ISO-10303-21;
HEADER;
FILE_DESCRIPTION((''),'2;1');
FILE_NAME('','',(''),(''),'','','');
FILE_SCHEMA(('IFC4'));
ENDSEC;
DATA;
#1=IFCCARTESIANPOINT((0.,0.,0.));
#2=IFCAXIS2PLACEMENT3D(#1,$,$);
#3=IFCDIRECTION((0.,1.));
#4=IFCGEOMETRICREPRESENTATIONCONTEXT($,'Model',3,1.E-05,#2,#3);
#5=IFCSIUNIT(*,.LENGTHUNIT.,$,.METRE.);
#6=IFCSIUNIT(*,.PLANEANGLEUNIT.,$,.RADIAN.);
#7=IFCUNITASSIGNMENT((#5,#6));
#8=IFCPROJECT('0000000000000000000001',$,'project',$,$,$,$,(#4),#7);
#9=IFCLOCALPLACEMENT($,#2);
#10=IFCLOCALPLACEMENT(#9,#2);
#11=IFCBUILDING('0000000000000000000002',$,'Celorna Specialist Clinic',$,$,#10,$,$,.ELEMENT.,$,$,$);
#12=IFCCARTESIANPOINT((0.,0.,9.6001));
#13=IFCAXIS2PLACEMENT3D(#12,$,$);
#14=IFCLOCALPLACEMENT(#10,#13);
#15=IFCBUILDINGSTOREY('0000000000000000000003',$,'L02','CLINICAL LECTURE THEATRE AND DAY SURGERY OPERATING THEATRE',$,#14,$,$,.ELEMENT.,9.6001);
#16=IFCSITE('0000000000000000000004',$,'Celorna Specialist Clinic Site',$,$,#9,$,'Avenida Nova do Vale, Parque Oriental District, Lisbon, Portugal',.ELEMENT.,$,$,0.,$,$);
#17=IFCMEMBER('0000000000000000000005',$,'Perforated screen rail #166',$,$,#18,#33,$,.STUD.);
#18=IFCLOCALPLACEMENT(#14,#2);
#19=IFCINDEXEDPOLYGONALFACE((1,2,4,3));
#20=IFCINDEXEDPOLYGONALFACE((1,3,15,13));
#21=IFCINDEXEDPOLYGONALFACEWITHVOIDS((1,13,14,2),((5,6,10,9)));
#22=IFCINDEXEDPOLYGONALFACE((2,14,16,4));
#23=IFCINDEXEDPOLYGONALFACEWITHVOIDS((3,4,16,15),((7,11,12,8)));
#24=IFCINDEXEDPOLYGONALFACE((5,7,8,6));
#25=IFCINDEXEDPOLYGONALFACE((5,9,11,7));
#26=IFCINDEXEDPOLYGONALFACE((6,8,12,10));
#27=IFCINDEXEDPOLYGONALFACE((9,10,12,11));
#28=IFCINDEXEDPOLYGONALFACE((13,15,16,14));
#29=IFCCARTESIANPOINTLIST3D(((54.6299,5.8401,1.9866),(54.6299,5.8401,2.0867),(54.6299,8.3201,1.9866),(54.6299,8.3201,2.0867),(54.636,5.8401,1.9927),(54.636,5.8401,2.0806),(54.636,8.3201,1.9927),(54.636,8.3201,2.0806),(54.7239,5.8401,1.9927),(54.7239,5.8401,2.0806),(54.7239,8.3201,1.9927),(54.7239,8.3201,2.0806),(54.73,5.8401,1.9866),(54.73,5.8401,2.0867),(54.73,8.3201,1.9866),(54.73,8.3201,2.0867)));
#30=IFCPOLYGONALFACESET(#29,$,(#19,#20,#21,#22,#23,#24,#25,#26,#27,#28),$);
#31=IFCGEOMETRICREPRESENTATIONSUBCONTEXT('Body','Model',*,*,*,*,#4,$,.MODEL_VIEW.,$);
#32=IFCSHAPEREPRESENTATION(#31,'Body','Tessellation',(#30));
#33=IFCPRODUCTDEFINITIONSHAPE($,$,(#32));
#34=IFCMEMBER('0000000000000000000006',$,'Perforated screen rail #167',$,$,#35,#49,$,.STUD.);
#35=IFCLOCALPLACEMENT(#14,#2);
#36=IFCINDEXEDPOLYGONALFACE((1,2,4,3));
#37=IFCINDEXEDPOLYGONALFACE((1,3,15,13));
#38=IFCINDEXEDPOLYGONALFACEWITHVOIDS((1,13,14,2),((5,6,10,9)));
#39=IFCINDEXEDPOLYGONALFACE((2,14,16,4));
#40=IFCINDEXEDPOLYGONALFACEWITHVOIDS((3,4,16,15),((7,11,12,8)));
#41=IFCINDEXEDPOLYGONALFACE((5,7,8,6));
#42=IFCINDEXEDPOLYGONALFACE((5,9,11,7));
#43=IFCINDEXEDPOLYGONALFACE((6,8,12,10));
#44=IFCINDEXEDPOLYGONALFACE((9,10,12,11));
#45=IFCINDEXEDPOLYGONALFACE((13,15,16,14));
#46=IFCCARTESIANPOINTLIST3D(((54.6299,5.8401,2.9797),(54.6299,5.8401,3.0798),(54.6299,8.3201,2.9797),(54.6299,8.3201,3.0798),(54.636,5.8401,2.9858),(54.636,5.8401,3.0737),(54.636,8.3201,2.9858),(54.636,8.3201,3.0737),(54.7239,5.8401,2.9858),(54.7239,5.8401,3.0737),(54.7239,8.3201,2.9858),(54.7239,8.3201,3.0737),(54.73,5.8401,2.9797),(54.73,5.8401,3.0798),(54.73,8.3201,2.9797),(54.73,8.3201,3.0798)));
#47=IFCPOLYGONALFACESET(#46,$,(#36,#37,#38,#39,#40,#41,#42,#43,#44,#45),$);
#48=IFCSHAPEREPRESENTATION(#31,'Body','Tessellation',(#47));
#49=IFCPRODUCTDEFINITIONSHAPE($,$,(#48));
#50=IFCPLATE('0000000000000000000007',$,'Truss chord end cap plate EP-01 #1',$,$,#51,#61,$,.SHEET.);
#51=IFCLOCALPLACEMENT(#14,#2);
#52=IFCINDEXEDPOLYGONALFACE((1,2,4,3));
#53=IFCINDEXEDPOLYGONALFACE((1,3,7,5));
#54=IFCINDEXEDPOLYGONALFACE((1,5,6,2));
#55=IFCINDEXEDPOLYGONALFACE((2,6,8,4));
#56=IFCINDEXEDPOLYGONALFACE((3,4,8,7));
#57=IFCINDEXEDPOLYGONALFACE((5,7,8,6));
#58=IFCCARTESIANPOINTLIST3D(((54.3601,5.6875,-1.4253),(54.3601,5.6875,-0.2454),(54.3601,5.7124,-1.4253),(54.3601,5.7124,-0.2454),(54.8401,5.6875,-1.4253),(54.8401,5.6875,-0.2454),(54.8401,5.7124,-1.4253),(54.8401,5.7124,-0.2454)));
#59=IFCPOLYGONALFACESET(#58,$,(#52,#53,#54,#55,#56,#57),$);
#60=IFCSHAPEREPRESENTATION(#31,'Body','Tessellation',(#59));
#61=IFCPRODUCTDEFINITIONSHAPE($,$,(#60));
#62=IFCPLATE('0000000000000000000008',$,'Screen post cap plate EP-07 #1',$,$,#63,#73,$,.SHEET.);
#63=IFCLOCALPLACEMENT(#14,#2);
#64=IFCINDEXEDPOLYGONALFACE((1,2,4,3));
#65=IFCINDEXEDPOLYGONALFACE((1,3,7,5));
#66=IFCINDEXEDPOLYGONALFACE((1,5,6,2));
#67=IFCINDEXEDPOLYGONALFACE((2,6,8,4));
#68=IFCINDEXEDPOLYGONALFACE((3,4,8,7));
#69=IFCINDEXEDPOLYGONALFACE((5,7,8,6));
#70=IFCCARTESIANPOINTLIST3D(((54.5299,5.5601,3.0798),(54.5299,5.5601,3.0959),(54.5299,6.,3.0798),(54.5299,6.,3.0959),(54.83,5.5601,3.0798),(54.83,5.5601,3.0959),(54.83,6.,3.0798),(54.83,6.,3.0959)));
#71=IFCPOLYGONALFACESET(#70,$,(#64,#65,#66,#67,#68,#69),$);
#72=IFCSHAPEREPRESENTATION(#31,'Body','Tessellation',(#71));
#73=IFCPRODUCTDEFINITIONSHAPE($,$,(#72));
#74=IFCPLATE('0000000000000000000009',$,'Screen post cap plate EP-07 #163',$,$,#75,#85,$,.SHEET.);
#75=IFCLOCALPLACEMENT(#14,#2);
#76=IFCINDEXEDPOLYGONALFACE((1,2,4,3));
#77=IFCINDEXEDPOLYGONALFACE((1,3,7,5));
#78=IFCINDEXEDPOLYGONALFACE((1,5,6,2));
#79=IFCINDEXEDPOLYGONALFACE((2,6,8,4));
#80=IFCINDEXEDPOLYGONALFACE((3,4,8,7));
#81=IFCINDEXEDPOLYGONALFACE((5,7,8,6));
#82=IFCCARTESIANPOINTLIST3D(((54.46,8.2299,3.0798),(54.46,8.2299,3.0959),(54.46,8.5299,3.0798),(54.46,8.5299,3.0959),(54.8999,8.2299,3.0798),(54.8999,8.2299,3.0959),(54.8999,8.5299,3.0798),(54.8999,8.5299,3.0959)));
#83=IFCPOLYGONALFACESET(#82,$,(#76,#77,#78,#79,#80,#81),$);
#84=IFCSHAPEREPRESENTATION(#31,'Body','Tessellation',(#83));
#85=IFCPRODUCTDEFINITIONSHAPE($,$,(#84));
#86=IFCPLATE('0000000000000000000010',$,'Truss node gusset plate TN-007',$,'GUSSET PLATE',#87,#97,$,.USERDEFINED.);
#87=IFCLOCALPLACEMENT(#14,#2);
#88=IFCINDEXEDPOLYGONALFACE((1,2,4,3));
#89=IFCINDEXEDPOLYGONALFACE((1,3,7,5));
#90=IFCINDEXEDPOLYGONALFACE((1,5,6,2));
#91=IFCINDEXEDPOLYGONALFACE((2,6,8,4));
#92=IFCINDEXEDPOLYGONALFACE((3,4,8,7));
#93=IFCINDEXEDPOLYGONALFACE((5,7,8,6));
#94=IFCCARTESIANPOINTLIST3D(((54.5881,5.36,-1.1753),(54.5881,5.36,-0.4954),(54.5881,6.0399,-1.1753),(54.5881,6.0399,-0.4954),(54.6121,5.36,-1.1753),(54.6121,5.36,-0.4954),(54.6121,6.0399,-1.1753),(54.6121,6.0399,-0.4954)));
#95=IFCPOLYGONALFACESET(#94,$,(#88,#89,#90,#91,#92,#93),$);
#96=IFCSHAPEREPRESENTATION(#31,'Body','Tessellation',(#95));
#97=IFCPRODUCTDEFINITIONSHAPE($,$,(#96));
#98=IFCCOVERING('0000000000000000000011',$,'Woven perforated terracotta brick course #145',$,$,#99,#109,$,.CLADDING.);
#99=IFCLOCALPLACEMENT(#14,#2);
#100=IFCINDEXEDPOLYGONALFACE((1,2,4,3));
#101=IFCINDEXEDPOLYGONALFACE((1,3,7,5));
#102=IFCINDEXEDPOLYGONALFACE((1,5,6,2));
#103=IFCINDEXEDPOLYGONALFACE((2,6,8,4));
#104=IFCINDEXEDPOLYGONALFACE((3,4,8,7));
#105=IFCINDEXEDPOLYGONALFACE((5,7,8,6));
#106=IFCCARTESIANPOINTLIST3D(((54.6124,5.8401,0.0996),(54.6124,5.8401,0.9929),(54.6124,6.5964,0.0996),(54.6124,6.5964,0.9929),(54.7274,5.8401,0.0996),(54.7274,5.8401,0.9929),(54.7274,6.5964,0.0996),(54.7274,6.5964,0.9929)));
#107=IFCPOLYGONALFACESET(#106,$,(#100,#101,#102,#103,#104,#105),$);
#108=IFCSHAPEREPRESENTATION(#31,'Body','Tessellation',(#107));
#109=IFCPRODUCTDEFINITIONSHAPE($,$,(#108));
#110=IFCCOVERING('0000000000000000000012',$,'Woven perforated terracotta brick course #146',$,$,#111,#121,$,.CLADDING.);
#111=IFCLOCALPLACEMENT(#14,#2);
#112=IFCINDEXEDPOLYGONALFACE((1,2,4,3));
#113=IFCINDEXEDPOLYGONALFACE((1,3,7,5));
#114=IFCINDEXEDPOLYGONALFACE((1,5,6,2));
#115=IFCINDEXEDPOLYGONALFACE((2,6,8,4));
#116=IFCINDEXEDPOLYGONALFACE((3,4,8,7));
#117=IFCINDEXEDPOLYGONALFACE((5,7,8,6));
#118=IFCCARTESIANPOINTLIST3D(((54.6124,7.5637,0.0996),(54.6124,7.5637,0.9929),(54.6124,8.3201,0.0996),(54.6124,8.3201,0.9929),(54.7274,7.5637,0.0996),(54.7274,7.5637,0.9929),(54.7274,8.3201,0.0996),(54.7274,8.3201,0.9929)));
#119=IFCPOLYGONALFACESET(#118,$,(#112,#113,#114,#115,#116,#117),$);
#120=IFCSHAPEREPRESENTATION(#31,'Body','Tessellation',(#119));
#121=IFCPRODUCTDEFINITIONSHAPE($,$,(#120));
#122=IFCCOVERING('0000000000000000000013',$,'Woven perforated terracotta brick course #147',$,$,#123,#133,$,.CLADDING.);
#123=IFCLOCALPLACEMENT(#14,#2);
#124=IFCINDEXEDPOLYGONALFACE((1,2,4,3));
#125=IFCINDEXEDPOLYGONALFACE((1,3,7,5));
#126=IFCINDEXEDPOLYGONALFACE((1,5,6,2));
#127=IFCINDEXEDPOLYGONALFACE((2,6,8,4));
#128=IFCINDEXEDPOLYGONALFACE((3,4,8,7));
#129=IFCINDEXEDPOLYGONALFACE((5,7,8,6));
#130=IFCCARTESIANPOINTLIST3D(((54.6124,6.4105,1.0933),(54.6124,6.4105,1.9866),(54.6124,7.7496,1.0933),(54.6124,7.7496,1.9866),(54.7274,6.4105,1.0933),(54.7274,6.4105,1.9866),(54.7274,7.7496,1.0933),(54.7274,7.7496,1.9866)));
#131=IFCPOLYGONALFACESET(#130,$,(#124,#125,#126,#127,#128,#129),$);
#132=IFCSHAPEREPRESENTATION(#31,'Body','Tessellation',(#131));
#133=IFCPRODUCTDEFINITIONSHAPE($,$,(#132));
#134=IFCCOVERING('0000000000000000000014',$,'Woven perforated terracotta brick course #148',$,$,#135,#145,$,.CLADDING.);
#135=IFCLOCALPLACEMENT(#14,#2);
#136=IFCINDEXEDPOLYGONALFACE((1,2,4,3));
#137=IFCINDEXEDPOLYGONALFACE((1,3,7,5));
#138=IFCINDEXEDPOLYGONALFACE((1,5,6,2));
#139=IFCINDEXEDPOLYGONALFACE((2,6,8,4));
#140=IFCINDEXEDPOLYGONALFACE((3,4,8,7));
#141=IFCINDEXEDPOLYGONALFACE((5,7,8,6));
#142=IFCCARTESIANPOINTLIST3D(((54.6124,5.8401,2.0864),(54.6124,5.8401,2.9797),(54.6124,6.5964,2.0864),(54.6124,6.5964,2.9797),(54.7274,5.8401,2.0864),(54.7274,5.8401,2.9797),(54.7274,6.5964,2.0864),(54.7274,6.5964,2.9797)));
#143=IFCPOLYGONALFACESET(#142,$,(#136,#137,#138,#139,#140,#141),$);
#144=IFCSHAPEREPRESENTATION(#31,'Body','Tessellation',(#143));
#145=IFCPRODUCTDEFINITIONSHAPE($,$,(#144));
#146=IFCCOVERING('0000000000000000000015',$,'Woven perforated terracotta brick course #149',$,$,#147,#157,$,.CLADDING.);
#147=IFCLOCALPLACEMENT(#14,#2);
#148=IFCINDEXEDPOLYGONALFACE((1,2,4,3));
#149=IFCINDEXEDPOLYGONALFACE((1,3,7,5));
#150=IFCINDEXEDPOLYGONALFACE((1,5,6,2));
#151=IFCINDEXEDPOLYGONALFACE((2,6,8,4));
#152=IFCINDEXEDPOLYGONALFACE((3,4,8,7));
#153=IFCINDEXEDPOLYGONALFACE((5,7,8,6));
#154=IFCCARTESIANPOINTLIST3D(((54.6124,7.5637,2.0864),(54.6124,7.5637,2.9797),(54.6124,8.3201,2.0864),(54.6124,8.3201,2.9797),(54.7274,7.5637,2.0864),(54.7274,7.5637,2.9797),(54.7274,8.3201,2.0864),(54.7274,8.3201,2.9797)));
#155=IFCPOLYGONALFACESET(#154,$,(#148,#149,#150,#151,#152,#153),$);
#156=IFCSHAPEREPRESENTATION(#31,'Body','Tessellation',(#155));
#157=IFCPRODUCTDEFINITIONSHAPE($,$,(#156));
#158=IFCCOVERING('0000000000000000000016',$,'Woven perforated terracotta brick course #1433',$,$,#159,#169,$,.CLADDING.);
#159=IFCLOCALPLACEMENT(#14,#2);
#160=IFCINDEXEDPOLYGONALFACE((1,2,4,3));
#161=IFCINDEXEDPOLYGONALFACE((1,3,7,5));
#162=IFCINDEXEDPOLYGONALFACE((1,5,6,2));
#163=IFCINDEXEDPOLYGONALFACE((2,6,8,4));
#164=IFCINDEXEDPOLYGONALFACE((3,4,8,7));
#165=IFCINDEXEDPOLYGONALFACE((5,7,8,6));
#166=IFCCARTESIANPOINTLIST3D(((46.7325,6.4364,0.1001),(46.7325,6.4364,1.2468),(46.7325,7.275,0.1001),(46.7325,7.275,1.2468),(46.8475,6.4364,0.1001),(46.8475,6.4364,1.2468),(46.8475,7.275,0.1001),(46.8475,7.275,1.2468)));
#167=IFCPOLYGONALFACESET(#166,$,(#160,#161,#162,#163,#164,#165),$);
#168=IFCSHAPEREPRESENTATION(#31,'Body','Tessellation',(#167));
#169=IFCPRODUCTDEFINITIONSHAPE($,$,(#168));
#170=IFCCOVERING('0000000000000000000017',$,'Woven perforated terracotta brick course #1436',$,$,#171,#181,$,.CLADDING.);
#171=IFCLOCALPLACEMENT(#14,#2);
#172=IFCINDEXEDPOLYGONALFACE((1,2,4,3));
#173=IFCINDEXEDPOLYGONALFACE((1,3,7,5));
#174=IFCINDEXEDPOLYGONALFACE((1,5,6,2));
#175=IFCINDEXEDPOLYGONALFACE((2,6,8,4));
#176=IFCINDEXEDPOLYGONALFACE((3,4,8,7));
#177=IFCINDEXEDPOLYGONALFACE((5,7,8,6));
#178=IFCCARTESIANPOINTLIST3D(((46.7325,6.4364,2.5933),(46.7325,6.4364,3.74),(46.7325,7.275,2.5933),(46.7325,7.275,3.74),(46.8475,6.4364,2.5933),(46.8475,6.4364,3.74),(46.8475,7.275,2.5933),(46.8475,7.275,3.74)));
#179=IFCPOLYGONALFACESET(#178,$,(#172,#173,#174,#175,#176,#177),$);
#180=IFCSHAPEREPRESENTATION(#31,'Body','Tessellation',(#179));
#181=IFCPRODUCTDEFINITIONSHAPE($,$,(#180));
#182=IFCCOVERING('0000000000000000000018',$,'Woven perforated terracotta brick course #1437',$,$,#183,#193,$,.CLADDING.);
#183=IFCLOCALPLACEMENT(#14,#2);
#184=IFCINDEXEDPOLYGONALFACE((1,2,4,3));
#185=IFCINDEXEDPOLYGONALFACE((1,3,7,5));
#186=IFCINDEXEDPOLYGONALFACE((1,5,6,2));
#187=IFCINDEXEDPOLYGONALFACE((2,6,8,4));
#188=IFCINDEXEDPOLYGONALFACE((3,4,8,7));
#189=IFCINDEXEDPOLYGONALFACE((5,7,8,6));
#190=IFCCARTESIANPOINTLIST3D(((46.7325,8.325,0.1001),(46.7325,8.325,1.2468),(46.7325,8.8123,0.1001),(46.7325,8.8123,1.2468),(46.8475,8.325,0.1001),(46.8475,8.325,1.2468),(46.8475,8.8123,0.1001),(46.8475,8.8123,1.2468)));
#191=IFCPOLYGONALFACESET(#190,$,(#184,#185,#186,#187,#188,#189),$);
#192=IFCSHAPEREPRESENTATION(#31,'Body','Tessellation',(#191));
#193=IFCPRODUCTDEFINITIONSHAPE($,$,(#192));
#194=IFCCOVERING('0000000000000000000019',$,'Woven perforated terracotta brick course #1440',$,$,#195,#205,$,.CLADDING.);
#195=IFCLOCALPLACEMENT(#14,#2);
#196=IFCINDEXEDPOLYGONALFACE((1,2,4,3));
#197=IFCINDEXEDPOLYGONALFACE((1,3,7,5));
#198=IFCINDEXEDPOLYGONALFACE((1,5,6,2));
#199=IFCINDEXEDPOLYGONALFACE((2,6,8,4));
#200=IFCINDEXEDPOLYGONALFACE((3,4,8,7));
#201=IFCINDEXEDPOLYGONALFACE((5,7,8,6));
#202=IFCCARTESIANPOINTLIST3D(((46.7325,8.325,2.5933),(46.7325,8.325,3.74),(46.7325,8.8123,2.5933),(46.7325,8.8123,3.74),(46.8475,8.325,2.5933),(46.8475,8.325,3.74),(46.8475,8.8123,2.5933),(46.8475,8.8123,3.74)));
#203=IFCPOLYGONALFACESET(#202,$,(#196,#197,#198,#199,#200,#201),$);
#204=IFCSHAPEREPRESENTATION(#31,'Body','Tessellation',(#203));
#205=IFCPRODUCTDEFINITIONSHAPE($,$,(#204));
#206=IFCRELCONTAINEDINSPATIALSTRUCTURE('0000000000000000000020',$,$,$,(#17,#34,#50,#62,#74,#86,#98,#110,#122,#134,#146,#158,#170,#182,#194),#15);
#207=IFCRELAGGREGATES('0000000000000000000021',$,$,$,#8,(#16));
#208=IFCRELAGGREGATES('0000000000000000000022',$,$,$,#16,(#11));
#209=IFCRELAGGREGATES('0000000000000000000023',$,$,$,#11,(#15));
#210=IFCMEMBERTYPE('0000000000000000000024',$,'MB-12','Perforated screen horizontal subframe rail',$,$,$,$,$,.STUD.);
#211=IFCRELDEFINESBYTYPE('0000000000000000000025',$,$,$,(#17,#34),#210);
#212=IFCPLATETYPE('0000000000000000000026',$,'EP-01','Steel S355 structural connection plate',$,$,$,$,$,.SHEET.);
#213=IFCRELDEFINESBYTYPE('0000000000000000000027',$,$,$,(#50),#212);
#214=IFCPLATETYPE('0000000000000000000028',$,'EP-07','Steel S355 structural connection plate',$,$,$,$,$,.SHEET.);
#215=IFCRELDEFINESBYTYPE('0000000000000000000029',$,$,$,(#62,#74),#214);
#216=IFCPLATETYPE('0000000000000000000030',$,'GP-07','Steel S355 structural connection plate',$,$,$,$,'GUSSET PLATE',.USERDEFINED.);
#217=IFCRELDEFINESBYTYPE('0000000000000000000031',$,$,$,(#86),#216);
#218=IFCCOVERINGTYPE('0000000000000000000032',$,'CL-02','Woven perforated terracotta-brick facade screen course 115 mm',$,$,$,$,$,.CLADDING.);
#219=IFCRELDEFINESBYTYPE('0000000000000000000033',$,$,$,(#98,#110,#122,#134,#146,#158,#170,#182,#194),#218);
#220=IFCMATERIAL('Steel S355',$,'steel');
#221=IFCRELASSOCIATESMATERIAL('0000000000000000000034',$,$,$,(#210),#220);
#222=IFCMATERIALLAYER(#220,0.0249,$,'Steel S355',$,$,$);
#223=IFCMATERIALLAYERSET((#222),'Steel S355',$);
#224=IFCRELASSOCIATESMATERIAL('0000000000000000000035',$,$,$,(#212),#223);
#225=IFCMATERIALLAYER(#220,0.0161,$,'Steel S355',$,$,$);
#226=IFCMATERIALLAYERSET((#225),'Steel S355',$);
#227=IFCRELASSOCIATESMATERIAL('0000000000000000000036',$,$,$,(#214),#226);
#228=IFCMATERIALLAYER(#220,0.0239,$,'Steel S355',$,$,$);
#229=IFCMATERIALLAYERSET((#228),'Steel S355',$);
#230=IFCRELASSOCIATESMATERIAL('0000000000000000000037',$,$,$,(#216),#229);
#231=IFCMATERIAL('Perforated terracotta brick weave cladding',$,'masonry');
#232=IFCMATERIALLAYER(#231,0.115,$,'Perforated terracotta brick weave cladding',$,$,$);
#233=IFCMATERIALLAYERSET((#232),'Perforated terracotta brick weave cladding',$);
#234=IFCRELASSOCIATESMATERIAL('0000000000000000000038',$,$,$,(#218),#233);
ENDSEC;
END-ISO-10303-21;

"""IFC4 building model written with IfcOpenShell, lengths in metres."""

from ifc_helpers import new_model, si_unit, direction, frame, origin, origin_2d, place, context, subcontext, project, spatial, rectangle, hollow_rectangle, extrude, material, layer, layer_set, material_profile, profile_set, type_object, element, save


model = new_model("IFC4")

# Units and contexts
model_context = context("Model", 3, precision=1e-05, world=origin(), true_north=direction((0.0, 1.0)))
body_context = subcontext(model_context, "Body", "Model", "MODEL_VIEW")
ifc_project = project(units=[si_unit("LENGTHUNIT", "METRE"), si_unit("PLANEANGLEUNIT", "RADIAN")], contexts=[model_context])

# Site, building, storey
site_placement = place(None, origin())
site = spatial("IfcSite", under=ifc_project, at=site_placement, Name="Celorna Specialist Clinic Site", LongName="Avenida Nova do Vale, Parque Oriental District, Lisbon, Portugal", CompositionType="ELEMENT", RefElevation=0.0)
building_placement = place(site_placement, origin())
building = spatial("IfcBuilding", under=site, at=building_placement, Name="Celorna Specialist Clinic", CompositionType="ELEMENT")
storey_placement = place(building_placement, frame((0.0, 0.0, 9.6001)))
storey = spatial("IfcBuildingStorey", under=building, at=storey_placement, Name="L02", Description="CLINICAL LECTURE THEATRE AND DAY SURGERY OPERATING THEATRE", CompositionType="ELEMENT", Elevation=9.6001)

# Shared definitions
ifc_material_1 = material(Name="Steel S355", Category="steel")

# Members
ifc_material_profile_1 = material_profile(ifc_material_1, hollow_rectangle(XDim=0.1001, YDim=0.1001, WallThickness=0.0061, at=origin_2d()), Name="SHS 100x100x6")
ifc_profile_set_1 = profile_set([ifc_material_profile_1], Name="Steel S355")
member_type_1 = type_object("IfcMemberType", Name="MB-12", Description="Perforated screen horizontal subframe rail", PredefinedType="STUD", material=ifc_profile_set_1)
for number, where, z_axis, x_axis, name in (
    (1, (54.6799, 5.8401, 2.0366), (0.0, 1.0, 0.0), (-1.0, 0.0, 0.0), "Perforated screen rail #166"),
    (2, (54.6799, 5.8401, 3.0298), (0.0, 1.0, 0.0), (-1.0, 0.0, 0.0), "Perforated screen rail #167"),
):
    element("IfcMember", number, at=place(storey_placement, frame(where, z_axis=z_axis, x_axis=x_axis)), inside=storey, type_object=member_type_1, Name=name, PredefinedType="STUD", context=body_context, shape_type="SweptSolid", body=[
        extrude(hollow_rectangle(XDim=0.1001, YDim=0.1001, WallThickness=0.0061, at=origin_2d()), origin(), (0.0, 0.0, 1.0), 2.48),
    ])

# Plates
ifc_layer_1 = layer(ifc_material_1, 0.0249, Name="Steel S355")
ifc_layer_set_1 = layer_set([ifc_layer_1], Name="Steel S355")
plate_type_1 = type_object("IfcPlateType", Name="EP-01", Description="Steel S355 structural connection plate", PredefinedType="SHEET", material=ifc_layer_set_1)
plate_1_placement = place(storey_placement, frame((54.6001, 5.7, -1.4253), z_axis=(0.0, 0.0, 1.0), x_axis=(1.0, 0.0, 0.0)))
element("IfcPlate", 3, at=plate_1_placement, inside=storey, type_object=plate_type_1, Name="Truss chord end cap plate EP-01 #1", PredefinedType="SHEET", context=body_context, shape_type="SweptSolid", body=[
    extrude(rectangle(XDim=0.48, YDim=0.0249, at=origin_2d()), origin(), (0.0, 0.0, 1.0), 1.1799),
])
ifc_layer_2 = layer(ifc_material_1, 0.0161, Name="Steel S355")
ifc_layer_set_2 = layer_set([ifc_layer_2], Name="Steel S355")
plate_type_2 = type_object("IfcPlateType", Name="EP-07", Description="Steel S355 structural connection plate", PredefinedType="SHEET", material=ifc_layer_set_2)
for number, where, z_axis, x_axis, name in (
    (4, (54.6799, 5.78, 3.0798), (0.0, 0.0, 1.0), (1.0, 0.0, 0.0), "Screen post cap plate EP-07 #1"),
    (5, (54.6799, 8.3799, 3.0798), (0.0, 0.0, 1.0), (0.0, 1.0, 0.0), "Screen post cap plate EP-07 #163"),
):
    element("IfcPlate", number, at=place(storey_placement, frame(where, z_axis=z_axis, x_axis=x_axis)), inside=storey, type_object=plate_type_2, Name=name, PredefinedType="SHEET", context=body_context, shape_type="SweptSolid", body=[
        extrude(rectangle(XDim=0.3, YDim=0.4399, at=origin_2d()), origin(), (0.0, 0.0, 1.0), 0.0161),
    ])
ifc_layer_3 = layer(ifc_material_1, 0.0239, Name="Steel S355")
ifc_layer_set_3 = layer_set([ifc_layer_3], Name="Steel S355")
plate_type_3 = type_object("IfcPlateType", Name="GP-07", Description="Steel S355 structural connection plate", ElementType="GUSSET PLATE", PredefinedType="USERDEFINED", material=ifc_layer_set_3)
plate_2_placement = place(storey_placement, frame((54.6001, 5.7, -1.1753), z_axis=(0.0, 0.0, 1.0), x_axis=(0.0, 1.0, 0.0)))
element("IfcPlate", 6, at=plate_2_placement, inside=storey, type_object=plate_type_3, Name="Truss node gusset plate TN-007", ObjectType="GUSSET PLATE", PredefinedType="USERDEFINED", context=body_context, shape_type="SweptSolid", body=[
    extrude(rectangle(XDim=0.6799, YDim=0.0239, at=origin_2d()), origin(), (0.0, 0.0, 1.0), 0.6799),
])

# Coverings
ifc_material_2 = material(Name="Perforated terracotta brick weave cladding", Category="masonry")
ifc_layer_4 = layer(ifc_material_2, 0.115, Name="Perforated terracotta brick weave cladding")
ifc_layer_set_4 = layer_set([ifc_layer_4], Name="Perforated terracotta brick weave cladding")
covering_type = type_object("IfcCoveringType", Name="CL-02", Description="Woven perforated terracotta-brick facade screen course 115 mm", PredefinedType="CLADDING", material=ifc_layer_set_4)
for number, where, z_axis, x_axis, name in (
    (7, (54.6699, 6.2183, 0.0996), (0.0, 0.0, 1.0), (0.0, 1.0, 0.0), "Woven perforated terracotta brick course #145"),
    (8, (54.6699, 7.9419, 0.0996), (0.0, 0.0, 1.0), (0.0, 1.0, 0.0), "Woven perforated terracotta brick course #146"),
):
    element("IfcCovering", number, at=place(storey_placement, frame(where, z_axis=z_axis, x_axis=x_axis)), inside=storey, type_object=covering_type, Name=name, PredefinedType="CLADDING", context=body_context, shape_type="SweptSolid", body=[
        extrude(rectangle(XDim=0.7563, YDim=0.115, at=origin_2d()), origin(), (0.0, 0.0, 1.0), 0.8933),
    ])
covering_placement = place(storey_placement, frame((54.6699, 7.0801, 1.0933), z_axis=(0.0, 0.0, 1.0), x_axis=(0.0, 1.0, 0.0)))
element("IfcCovering", 9, at=covering_placement, inside=storey, type_object=covering_type, Name="Woven perforated terracotta brick course #147", PredefinedType="CLADDING", context=body_context, shape_type="SweptSolid", body=[
    extrude(rectangle(XDim=1.3391, YDim=0.115, at=origin_2d()), origin(), (0.0, 0.0, 1.0), 0.8933),
])
for number, where, z_axis, x_axis, name in (
    (10, (54.6699, 6.2183, 2.0864), (0.0, 0.0, 1.0), (0.0, 1.0, 0.0), "Woven perforated terracotta brick course #148"),
    (11, (54.6699, 7.9419, 2.0864), (0.0, 0.0, 1.0), (0.0, 1.0, 0.0), "Woven perforated terracotta brick course #149"),
):
    element("IfcCovering", number, at=place(storey_placement, frame(where, z_axis=z_axis, x_axis=x_axis)), inside=storey, type_object=covering_type, Name=name, PredefinedType="CLADDING", context=body_context, shape_type="SweptSolid", body=[
        extrude(rectangle(XDim=0.7563, YDim=0.115, at=origin_2d()), origin(), (0.0, 0.0, 1.0), 0.8933),
    ])
for number, where, z_axis, x_axis, name in (
    (12, (46.79, 6.8557, 0.1001), (0.0, 0.0, 1.0), (0.0, 1.0, 0.0), "Woven perforated terracotta brick course #1433"),
    (13, (46.79, 6.8557, 2.5933), (0.0, 0.0, 1.0), (0.0, 1.0, 0.0), "Woven perforated terracotta brick course #1436"),
):
    element("IfcCovering", number, at=place(storey_placement, frame(where, z_axis=z_axis, x_axis=x_axis)), inside=storey, type_object=covering_type, Name=name, PredefinedType="CLADDING", context=body_context, shape_type="SweptSolid", body=[
        extrude(rectangle(XDim=0.8386, YDim=0.115, at=origin_2d()), origin(), (0.0, 0.0, 1.0), 1.1467),
    ])
for number, where, z_axis, x_axis, name in (
    (14, (46.79, 8.5686, 0.1001), (0.0, 0.0, 1.0), (0.0, 1.0, 0.0), "Woven perforated terracotta brick course #1437"),
    (15, (46.79, 8.5686, 2.5933), (0.0, 0.0, 1.0), (0.0, 1.0, 0.0), "Woven perforated terracotta brick course #1440"),
):
    element("IfcCovering", number, at=place(storey_placement, frame(where, z_axis=z_axis, x_axis=x_axis)), inside=storey, type_object=covering_type, Name=name, PredefinedType="CLADDING", context=body_context, shape_type="SweptSolid", body=[
        extrude(rectangle(XDim=0.4873, YDim=0.115, at=origin_2d()), origin(), (0.0, 0.0, 1.0), 1.1467),
    ])

save(model, "model.ifc")
